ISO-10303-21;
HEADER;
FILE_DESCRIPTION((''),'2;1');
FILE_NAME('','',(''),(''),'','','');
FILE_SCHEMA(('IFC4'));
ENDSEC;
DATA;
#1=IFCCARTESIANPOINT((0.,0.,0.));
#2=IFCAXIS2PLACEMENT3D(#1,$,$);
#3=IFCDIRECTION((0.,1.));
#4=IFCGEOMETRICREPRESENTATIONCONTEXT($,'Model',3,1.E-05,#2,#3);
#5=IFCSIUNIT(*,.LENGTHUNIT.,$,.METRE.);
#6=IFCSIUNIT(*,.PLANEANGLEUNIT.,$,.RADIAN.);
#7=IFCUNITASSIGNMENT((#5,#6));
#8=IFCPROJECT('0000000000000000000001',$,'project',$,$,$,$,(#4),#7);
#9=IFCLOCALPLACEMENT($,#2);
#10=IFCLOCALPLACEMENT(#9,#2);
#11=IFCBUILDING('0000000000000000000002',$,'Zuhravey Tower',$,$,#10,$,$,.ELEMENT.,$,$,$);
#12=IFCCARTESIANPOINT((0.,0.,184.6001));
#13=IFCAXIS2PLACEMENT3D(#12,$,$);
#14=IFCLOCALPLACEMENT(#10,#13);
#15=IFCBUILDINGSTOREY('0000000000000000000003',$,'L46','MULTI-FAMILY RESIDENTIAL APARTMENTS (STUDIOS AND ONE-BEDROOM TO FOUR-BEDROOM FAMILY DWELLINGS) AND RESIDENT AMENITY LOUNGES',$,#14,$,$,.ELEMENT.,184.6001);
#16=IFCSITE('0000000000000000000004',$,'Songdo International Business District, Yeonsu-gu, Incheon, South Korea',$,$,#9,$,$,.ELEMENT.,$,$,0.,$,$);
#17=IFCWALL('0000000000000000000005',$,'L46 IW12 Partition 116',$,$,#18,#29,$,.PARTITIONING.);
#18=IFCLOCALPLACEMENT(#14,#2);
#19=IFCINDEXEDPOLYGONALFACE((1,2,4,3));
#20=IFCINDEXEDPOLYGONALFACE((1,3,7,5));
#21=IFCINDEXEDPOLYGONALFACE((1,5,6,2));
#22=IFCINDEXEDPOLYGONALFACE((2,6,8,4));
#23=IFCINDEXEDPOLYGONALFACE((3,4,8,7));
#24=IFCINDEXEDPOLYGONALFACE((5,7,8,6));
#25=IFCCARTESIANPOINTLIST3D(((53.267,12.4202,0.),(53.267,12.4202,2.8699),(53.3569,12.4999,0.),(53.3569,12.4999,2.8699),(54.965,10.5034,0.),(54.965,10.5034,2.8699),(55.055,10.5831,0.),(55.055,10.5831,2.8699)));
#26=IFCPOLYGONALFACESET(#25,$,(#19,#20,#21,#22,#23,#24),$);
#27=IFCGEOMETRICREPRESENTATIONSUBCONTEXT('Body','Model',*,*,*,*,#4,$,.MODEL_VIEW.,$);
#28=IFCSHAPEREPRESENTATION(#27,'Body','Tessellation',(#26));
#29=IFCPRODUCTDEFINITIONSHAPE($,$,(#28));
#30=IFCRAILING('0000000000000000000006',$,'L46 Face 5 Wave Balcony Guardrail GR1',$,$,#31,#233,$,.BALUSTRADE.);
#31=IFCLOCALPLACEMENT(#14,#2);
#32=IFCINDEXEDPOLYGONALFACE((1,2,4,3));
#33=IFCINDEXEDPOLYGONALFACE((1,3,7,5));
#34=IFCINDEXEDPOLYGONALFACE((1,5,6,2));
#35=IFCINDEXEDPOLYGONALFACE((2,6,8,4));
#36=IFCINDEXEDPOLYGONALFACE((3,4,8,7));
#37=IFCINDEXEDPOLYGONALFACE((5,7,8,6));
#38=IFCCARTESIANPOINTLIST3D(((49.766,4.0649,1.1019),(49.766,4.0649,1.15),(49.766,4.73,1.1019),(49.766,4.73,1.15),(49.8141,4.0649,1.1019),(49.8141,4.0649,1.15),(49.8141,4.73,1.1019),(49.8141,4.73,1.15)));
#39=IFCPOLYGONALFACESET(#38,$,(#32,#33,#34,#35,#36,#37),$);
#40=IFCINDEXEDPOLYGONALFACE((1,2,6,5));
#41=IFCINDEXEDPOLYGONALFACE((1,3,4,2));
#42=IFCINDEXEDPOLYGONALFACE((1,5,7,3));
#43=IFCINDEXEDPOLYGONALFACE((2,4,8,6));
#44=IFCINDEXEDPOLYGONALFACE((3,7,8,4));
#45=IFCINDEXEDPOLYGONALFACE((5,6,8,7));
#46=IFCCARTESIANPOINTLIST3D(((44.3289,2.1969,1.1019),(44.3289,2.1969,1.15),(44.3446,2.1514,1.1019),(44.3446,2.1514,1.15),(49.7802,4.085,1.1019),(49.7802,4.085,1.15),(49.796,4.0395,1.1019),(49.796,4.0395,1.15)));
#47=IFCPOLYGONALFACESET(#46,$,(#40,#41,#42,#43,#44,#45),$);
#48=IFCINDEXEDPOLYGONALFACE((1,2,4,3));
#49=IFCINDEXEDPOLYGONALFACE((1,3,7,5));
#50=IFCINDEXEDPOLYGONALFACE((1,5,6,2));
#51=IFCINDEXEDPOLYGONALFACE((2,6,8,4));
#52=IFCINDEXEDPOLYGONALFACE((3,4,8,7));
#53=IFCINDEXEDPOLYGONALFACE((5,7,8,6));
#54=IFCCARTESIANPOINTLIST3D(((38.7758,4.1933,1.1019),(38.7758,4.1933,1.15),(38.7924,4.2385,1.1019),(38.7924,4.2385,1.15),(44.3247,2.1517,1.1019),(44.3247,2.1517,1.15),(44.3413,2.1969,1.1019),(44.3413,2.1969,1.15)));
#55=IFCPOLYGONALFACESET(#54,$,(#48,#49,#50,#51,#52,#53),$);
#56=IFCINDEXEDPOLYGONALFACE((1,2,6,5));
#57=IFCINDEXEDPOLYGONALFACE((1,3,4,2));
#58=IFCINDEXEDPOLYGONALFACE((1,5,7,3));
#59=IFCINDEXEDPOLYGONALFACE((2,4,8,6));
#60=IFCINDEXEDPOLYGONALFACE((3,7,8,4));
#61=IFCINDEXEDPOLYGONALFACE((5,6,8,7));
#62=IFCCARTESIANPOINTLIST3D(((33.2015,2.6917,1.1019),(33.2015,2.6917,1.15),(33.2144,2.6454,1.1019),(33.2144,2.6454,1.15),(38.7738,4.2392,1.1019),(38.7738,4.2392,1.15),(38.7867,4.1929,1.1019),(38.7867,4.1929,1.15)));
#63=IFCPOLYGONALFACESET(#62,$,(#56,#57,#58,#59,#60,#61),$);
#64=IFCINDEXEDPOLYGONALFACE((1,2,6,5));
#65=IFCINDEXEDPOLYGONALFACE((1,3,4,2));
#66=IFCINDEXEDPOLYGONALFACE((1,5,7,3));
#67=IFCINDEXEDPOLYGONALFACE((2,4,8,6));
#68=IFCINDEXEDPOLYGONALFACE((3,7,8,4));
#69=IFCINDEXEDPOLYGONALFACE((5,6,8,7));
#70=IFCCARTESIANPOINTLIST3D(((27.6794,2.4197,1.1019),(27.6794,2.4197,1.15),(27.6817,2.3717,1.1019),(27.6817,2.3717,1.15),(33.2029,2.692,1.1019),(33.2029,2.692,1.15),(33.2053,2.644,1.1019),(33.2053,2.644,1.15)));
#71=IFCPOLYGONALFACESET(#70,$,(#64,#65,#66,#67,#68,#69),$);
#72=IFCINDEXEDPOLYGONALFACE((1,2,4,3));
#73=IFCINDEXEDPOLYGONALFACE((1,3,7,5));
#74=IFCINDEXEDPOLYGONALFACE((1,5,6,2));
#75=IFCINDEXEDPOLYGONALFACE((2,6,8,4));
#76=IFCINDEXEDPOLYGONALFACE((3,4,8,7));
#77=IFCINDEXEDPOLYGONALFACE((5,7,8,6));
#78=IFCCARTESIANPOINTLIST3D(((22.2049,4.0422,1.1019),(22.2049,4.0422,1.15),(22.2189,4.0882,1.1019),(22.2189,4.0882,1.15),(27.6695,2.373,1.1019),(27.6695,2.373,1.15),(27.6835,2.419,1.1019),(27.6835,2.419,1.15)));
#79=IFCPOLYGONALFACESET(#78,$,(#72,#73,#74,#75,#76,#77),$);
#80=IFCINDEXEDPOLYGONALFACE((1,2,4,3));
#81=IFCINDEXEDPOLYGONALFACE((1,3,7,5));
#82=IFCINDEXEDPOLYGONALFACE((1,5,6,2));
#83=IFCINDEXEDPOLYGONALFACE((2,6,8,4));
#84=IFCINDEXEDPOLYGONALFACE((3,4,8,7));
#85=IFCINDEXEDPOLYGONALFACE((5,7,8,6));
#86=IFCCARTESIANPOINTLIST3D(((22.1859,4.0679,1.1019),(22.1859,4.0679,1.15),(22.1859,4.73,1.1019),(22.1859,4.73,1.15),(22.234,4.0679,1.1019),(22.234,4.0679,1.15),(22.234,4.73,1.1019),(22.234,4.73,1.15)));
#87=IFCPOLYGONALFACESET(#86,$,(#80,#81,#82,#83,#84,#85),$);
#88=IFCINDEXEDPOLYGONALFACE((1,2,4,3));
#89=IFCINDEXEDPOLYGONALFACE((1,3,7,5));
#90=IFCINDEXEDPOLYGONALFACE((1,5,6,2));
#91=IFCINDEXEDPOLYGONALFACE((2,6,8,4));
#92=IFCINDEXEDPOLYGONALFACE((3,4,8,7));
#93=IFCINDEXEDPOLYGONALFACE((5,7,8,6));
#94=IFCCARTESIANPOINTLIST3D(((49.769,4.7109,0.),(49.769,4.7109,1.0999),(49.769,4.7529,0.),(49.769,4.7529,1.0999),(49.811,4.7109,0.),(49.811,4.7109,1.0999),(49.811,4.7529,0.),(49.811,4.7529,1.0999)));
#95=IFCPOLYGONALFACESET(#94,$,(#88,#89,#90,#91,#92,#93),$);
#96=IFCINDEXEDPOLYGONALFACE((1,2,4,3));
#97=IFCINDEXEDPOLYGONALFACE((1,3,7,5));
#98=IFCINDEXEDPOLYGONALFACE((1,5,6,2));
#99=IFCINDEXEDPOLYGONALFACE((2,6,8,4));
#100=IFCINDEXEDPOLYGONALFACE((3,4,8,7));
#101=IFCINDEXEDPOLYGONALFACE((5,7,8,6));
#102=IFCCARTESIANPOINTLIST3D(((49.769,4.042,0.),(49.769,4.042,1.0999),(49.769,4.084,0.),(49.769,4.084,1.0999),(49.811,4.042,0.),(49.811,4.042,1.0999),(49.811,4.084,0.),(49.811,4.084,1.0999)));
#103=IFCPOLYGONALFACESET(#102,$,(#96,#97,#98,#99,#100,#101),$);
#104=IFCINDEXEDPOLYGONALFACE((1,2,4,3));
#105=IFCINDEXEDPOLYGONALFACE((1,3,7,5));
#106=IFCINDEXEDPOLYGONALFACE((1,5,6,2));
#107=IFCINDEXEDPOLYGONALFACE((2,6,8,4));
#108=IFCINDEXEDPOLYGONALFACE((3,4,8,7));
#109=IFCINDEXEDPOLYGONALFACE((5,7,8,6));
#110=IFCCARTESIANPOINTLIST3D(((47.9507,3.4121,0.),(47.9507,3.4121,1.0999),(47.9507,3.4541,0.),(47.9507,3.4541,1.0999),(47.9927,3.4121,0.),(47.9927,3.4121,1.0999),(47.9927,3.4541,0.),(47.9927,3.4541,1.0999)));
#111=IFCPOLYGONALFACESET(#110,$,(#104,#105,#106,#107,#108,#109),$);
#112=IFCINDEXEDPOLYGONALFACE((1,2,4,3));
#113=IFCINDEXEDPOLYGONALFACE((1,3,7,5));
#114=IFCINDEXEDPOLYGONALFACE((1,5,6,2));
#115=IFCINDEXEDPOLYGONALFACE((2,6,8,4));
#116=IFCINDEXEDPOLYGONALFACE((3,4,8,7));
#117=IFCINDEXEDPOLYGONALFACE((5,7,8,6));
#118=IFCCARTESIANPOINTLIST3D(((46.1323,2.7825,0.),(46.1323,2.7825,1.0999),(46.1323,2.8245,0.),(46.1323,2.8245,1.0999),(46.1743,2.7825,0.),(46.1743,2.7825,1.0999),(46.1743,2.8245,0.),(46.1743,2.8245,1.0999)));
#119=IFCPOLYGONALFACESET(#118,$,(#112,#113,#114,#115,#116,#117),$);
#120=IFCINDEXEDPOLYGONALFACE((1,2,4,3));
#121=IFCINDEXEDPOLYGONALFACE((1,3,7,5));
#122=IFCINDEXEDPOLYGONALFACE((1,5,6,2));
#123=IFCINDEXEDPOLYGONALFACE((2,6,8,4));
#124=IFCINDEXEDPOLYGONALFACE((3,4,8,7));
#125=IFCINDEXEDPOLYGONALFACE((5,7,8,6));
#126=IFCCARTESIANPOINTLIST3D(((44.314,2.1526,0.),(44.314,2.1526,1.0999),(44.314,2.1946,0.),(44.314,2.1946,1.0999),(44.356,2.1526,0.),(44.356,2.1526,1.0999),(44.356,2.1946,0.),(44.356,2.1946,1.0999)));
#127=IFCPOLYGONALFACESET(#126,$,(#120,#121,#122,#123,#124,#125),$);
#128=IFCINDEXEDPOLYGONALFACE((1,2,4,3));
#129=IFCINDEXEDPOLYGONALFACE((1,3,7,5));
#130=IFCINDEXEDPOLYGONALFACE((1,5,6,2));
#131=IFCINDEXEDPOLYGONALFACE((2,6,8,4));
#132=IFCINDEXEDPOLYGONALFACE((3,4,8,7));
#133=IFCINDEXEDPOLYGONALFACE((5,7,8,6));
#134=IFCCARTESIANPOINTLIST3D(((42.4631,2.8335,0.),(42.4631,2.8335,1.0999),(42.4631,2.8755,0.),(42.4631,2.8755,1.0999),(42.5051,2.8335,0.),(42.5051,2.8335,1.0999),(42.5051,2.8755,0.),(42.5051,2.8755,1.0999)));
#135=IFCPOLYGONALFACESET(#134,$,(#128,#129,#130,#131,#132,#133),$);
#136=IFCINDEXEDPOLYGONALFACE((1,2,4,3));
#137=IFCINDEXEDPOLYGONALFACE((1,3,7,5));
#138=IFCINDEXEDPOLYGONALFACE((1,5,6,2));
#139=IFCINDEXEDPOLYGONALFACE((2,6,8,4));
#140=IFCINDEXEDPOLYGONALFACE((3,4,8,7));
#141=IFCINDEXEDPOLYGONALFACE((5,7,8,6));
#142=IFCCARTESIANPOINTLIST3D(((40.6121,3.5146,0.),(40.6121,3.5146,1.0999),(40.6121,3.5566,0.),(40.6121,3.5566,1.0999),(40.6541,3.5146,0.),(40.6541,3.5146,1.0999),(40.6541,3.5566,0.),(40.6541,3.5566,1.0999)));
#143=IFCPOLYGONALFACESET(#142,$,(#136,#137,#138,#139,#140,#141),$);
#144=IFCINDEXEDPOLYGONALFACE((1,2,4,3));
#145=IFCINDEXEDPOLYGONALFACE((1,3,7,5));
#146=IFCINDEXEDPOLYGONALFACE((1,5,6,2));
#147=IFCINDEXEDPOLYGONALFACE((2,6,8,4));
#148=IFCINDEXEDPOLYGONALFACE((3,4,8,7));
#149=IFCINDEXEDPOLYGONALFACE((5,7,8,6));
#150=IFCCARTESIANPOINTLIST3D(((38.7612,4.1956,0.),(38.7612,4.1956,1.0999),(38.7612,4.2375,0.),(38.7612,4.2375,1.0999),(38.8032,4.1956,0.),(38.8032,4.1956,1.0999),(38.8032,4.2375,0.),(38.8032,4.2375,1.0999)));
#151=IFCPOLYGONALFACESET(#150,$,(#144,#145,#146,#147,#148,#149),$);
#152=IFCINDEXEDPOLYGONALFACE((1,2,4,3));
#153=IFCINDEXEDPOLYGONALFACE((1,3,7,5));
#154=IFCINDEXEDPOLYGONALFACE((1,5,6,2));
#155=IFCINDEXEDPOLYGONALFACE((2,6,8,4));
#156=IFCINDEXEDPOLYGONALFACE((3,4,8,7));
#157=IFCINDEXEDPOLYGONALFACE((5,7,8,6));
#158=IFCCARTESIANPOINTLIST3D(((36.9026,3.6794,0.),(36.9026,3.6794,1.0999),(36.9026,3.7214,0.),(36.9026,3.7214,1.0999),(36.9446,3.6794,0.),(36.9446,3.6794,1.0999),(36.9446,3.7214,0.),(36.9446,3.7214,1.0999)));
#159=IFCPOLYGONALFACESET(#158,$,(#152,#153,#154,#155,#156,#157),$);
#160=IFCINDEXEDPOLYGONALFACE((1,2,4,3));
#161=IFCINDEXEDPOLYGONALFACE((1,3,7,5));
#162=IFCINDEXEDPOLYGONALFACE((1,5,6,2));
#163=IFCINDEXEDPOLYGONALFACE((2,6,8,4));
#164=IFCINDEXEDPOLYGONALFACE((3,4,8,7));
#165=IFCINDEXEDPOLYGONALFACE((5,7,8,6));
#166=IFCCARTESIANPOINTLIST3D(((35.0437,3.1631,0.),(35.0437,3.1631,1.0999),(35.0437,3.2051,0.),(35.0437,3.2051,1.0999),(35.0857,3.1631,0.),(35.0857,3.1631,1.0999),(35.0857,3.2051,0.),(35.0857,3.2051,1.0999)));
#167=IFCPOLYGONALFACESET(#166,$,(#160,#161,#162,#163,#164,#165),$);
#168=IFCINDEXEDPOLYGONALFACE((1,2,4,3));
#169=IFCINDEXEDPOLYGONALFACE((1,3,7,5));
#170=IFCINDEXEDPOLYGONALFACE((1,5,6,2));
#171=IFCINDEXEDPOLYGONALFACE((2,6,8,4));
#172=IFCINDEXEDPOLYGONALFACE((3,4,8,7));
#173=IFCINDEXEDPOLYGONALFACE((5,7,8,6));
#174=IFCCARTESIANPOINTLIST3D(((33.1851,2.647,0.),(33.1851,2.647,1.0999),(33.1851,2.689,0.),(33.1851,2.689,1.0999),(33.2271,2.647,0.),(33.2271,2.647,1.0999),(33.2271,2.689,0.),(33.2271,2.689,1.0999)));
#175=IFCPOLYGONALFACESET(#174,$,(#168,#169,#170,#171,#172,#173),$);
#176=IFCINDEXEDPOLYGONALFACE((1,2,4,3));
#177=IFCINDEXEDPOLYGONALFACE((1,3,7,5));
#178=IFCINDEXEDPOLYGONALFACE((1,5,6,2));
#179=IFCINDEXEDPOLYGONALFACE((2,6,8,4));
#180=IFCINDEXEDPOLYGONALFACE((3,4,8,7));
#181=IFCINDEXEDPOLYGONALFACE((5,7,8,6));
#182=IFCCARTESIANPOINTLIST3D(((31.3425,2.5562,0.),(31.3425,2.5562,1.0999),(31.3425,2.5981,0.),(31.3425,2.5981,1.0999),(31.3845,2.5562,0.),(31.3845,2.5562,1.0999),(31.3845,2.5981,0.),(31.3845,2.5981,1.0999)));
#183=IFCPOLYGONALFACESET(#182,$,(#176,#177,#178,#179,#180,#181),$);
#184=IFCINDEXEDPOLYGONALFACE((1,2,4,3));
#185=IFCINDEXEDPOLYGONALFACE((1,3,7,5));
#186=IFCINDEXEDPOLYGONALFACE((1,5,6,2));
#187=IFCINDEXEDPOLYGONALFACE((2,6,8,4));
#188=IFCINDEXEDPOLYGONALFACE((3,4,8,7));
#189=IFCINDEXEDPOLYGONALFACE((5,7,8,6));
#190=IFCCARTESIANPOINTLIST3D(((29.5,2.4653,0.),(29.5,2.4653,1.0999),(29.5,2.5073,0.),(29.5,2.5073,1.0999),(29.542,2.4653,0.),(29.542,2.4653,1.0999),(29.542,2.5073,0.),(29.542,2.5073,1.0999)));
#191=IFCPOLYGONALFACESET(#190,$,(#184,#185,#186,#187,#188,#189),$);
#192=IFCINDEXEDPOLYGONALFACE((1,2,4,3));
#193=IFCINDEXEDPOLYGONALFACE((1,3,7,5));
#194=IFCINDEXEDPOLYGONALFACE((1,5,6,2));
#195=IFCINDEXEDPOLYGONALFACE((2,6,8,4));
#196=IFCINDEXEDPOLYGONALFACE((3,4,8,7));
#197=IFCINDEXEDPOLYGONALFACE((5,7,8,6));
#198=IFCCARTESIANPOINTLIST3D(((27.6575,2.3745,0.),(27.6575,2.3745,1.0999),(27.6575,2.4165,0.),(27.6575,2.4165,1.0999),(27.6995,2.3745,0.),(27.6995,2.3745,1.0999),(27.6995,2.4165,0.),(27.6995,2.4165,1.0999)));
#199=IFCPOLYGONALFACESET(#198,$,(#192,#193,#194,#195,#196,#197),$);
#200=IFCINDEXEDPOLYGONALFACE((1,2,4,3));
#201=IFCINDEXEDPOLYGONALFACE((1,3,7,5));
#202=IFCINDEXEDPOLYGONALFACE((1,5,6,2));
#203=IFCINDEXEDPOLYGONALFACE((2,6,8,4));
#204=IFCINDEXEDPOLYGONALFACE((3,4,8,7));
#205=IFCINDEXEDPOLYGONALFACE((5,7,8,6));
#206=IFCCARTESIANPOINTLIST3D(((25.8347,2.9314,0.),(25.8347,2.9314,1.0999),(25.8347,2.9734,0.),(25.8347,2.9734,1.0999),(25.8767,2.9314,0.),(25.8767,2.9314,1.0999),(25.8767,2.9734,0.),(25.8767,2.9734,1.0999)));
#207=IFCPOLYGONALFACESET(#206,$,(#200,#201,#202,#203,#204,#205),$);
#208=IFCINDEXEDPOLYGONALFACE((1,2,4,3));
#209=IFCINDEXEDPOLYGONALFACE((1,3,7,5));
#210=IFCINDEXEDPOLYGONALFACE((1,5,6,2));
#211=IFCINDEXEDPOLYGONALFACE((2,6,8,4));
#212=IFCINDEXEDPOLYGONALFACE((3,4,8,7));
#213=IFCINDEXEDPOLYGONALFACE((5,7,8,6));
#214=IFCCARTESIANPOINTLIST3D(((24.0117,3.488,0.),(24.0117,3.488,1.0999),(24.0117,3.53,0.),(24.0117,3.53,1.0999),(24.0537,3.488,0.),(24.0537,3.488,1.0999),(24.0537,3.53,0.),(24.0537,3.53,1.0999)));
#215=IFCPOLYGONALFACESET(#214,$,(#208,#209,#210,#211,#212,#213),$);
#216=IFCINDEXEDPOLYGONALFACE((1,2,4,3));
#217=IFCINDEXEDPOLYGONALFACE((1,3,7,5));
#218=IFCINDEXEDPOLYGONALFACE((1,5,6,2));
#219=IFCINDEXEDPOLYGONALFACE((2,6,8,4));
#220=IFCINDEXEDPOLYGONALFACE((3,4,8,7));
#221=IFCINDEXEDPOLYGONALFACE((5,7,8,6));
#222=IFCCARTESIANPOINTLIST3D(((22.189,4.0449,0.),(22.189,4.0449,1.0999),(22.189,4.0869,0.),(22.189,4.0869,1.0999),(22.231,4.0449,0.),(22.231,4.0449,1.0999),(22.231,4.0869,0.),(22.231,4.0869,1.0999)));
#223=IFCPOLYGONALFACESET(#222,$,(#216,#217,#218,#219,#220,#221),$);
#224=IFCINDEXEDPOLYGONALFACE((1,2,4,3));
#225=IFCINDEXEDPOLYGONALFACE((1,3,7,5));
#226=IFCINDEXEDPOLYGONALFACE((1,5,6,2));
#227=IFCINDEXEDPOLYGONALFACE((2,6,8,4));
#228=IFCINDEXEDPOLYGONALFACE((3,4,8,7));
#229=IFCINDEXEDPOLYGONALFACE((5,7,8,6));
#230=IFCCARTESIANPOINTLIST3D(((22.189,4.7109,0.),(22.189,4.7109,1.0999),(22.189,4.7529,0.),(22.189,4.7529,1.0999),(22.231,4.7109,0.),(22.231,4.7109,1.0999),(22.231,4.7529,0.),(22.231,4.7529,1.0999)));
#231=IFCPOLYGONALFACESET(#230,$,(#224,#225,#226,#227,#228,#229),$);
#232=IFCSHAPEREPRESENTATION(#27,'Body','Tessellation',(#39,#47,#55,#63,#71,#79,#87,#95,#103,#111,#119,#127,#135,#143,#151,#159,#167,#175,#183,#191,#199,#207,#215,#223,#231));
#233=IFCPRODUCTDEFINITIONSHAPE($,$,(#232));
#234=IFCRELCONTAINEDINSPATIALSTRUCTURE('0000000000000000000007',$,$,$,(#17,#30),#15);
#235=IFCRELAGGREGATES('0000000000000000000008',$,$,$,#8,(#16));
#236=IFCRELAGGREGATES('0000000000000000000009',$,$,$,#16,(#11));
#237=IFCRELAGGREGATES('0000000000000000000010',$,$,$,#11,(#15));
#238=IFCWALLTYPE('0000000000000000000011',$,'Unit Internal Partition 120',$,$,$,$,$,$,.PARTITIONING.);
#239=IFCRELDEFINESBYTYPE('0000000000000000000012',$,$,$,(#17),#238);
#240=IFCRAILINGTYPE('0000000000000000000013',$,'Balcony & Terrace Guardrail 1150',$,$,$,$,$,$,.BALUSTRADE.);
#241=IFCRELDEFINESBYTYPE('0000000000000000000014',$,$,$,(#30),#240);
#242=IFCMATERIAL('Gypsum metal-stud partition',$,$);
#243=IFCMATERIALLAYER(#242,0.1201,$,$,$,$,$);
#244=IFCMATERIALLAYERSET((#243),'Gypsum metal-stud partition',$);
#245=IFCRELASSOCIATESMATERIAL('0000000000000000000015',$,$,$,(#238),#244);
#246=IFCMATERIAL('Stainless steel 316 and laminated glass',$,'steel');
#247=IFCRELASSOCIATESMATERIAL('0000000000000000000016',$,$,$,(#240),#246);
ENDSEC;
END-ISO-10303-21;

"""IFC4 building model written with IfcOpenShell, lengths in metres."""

from ifc_helpers import new_model, si_unit, direction, frame, frame_2d, origin, origin_2d, place, context, subcontext, project, spatial, rectangle, extrude, material, layer, layer_set, type_object, element, save


model = new_model("IFC4")

# Units and contexts
model_context = context("Model", 3, precision=1e-05, world=origin(), true_north=direction((0.0, 1.0)))
body_context = subcontext(model_context, "Body", "Model", "MODEL_VIEW")
ifc_project = project(units=[si_unit("LENGTHUNIT", "METRE"), si_unit("PLANEANGLEUNIT", "RADIAN")], contexts=[model_context])

# Site, building, storey
site_placement = place(None, origin())
site = spatial("IfcSite", under=ifc_project, at=site_placement, Name="Songdo International Business District, Yeonsu-gu, Incheon, South Korea", CompositionType="ELEMENT", RefElevation=0.0)
building_placement = place(site_placement, origin())
building = spatial("IfcBuilding", under=site, at=building_placement, Name="Zuhravey Tower", CompositionType="ELEMENT")
storey_placement = place(building_placement, frame((0.0, 0.0, 184.6001)))
storey = spatial("IfcBuildingStorey", under=building, at=storey_placement, Name="L46", Description="MULTI-FAMILY RESIDENTIAL APARTMENTS (STUDIOS AND ONE-BEDROOM TO FOUR-BEDROOM FAMILY DWELLINGS) AND RESIDENT AMENITY LOUNGES", CompositionType="ELEMENT", Elevation=184.6001)

# Shared definitions
ifc_material_1 = material(Name="Gypsum metal-stud partition")
ifc_layer_1 = layer(ifc_material_1, 0.1201)
ifc_layer_set_1 = layer_set([ifc_layer_1], Name="Gypsum metal-stud partition")
wall_type_1 = type_object("IfcWallType", Name="Unit Internal Partition 120", PredefinedType="PARTITIONING", material=ifc_layer_set_1)

# Wall
wall_1_placement = place(storey_placement, frame((53.312, 12.46, 0.0), z_axis=(0.0, 0.0, 1.0), x_axis=(0.663102, -0.748529, 0.0)))
element("IfcWall", 1, at=wall_1_placement, inside=storey, type_object=wall_type_1, Name="L46 IW12 Partition 116", PredefinedType="PARTITIONING", context=body_context, shape_type="SweptSolid", body=[
    extrude(rectangle(XDim=2.5608, YDim=0.1201, at=frame_2d((1.2803, 0.0))), origin(), (0.0, 0.0, 1.0), 2.8699),
])

# Railing
ifc_material_2 = material(Name="Stainless steel 316 and laminated glass", Category="steel")
railing_type = type_object("IfcRailingType", Name="Balcony & Terrace Guardrail 1150", PredefinedType="BALUSTRADE", material=ifc_material_2)
railing_placement = place(storey_placement, frame((49.79, 4.7319, 0.0)))
element("IfcRailing", 2, at=railing_placement, inside=storey, type_object=railing_type, Name="L46 Face 5 Wave Balcony Guardrail GR1", PredefinedType="BALUSTRADE", context=body_context, shape_type="SweptSolid", body=[
    extrude(rectangle(XDim=0.0481, YDim=0.0481, at=origin_2d()), frame((0.0, -0.002, 1.126), z_axis=(0.0, -1.0, 0.0), x_axis=(1.0, 0.0, 0.0)), (0.0, 0.0, 1.0), 0.665),
    extrude(rectangle(XDim=0.0481, YDim=0.0481, at=origin_2d()), frame((-0.002, -0.6697, 1.126), z_axis=(-0.944927, -0.327282, 0.0), x_axis=(0.327282, -0.944927, 0.0)), (0.0, 0.0, 1.0), 5.769),
    extrude(rectangle(XDim=0.0481, YDim=0.0481, at=origin_2d()), frame((-5.457, -2.5576, 1.126), z_axis=(-0.938495, 0.345292, 0.0), x_axis=(-0.345292, -0.938495, 0.0)), (0.0, 0.0, 1.0), 5.9126),
    extrude(rectangle(XDim=0.0481, YDim=0.0481, at=origin_2d()), frame((-11.0098, -0.5159, 1.126), z_axis=(-0.963534, -0.267587, 0.0), x_axis=(0.267587, -0.963534, 0.0)), (0.0, 0.0, 1.0), 5.7832),
    extrude(rectangle(XDim=0.0481, YDim=0.0481, at=origin_2d()), frame((-16.5859, -2.064, 1.126), z_axis=(-0.998787, -0.049231, 0.0), x_axis=(0.049231, -0.998787, 0.0)), (0.0, 0.0, 1.0), 5.5303),
    extrude(rectangle(XDim=0.0481, YDim=0.0481, at=origin_2d()), frame((-22.1135, -2.3359, 1.126), z_axis=(-0.956377, 0.292135, 0.0), x_axis=(-0.292135, -0.956377, 0.0)), (0.0, 0.0, 1.0), 5.7139),
    extrude(rectangle(XDim=0.0481, YDim=0.0481, at=origin_2d()), frame((-27.5801, -0.6641, 1.126), z_axis=(0.0, 1.0, 0.0), x_axis=(-1.0, 0.0, 0.0)), (0.0, 0.0, 1.0), 0.6621),
    extrude(rectangle(XDim=0.042, YDim=0.042, at=origin_2d()), origin(), (0.0, 0.0, 1.0), 1.0999),
    extrude(rectangle(XDim=0.042, YDim=0.042, at=origin_2d()), frame((0.0, -0.6689, 0.0)), (0.0, 0.0, 1.0), 1.0999),
    extrude(rectangle(XDim=0.042, YDim=0.042, at=origin_2d()), frame((-1.8184, -1.2988, 0.0)), (0.0, 0.0, 1.0), 1.0999),
    extrude(rectangle(XDim=0.042, YDim=0.042, at=origin_2d()), frame((-3.6367, -1.9285, 0.0)), (0.0, 0.0, 1.0), 1.0999),
    extrude(rectangle(XDim=0.042, YDim=0.042, at=origin_2d()), frame((-5.4551, -2.5583, 0.0)), (0.0, 0.0, 1.0), 1.0999),
    extrude(rectangle(XDim=0.042, YDim=0.042, at=origin_2d()), frame((-7.3059, -1.8774, 0.0)), (0.0, 0.0, 1.0), 1.0999),
    extrude(rectangle(XDim=0.042, YDim=0.042, at=origin_2d()), frame((-9.157, -1.1963, 0.0)), (0.0, 0.0, 1.0), 1.0999),
    extrude(rectangle(XDim=0.042, YDim=0.042, at=origin_2d()), frame((-11.0078, -0.5154, 0.0)), (0.0, 0.0, 1.0), 1.0999),
    extrude(rectangle(XDim=0.042, YDim=0.042, at=origin_2d()), frame((-12.8665, -1.0315, 0.0)), (0.0, 0.0, 1.0), 1.0999),
    extrude(rectangle(XDim=0.042, YDim=0.042, at=origin_2d()), frame((-14.7253, -1.5479, 0.0)), (0.0, 0.0, 1.0), 1.0999),
    extrude(rectangle(XDim=0.042, YDim=0.042, at=origin_2d()), frame((-16.584, -2.064, 0.0)), (0.0, 0.0, 1.0), 1.0999),
    extrude(rectangle(XDim=0.042, YDim=0.042, at=origin_2d()), frame((-18.4265, -2.1548, 0.0)), (0.0, 0.0, 1.0), 1.0999),
    extrude(rectangle(XDim=0.042, YDim=0.042, at=origin_2d()), frame((-20.269, -2.2456, 0.0)), (0.0, 0.0, 1.0), 1.0999),
    extrude(rectangle(XDim=0.042, YDim=0.042, at=origin_2d()), frame((-22.1116, -2.3364, 0.0)), (0.0, 0.0, 1.0), 1.0999),
    extrude(rectangle(XDim=0.042, YDim=0.042, at=origin_2d()), frame((-23.9343, -1.7795, 0.0)), (0.0, 0.0, 1.0), 1.0999),
    extrude(rectangle(XDim=0.042, YDim=0.042, at=origin_2d()), frame((-25.7573, -1.2229, 0.0)), (0.0, 0.0, 1.0), 1.0999),
    extrude(rectangle(XDim=0.042, YDim=0.042, at=origin_2d()), frame((-27.5801, -0.666, 0.0)), (0.0, 0.0, 1.0), 1.0999),
    extrude(rectangle(XDim=0.042, YDim=0.042, at=origin_2d()), frame((-27.5801, 0.0, 0.0)), (0.0, 0.0, 1.0), 1.0999),
])

save(model, "model.ifc")
